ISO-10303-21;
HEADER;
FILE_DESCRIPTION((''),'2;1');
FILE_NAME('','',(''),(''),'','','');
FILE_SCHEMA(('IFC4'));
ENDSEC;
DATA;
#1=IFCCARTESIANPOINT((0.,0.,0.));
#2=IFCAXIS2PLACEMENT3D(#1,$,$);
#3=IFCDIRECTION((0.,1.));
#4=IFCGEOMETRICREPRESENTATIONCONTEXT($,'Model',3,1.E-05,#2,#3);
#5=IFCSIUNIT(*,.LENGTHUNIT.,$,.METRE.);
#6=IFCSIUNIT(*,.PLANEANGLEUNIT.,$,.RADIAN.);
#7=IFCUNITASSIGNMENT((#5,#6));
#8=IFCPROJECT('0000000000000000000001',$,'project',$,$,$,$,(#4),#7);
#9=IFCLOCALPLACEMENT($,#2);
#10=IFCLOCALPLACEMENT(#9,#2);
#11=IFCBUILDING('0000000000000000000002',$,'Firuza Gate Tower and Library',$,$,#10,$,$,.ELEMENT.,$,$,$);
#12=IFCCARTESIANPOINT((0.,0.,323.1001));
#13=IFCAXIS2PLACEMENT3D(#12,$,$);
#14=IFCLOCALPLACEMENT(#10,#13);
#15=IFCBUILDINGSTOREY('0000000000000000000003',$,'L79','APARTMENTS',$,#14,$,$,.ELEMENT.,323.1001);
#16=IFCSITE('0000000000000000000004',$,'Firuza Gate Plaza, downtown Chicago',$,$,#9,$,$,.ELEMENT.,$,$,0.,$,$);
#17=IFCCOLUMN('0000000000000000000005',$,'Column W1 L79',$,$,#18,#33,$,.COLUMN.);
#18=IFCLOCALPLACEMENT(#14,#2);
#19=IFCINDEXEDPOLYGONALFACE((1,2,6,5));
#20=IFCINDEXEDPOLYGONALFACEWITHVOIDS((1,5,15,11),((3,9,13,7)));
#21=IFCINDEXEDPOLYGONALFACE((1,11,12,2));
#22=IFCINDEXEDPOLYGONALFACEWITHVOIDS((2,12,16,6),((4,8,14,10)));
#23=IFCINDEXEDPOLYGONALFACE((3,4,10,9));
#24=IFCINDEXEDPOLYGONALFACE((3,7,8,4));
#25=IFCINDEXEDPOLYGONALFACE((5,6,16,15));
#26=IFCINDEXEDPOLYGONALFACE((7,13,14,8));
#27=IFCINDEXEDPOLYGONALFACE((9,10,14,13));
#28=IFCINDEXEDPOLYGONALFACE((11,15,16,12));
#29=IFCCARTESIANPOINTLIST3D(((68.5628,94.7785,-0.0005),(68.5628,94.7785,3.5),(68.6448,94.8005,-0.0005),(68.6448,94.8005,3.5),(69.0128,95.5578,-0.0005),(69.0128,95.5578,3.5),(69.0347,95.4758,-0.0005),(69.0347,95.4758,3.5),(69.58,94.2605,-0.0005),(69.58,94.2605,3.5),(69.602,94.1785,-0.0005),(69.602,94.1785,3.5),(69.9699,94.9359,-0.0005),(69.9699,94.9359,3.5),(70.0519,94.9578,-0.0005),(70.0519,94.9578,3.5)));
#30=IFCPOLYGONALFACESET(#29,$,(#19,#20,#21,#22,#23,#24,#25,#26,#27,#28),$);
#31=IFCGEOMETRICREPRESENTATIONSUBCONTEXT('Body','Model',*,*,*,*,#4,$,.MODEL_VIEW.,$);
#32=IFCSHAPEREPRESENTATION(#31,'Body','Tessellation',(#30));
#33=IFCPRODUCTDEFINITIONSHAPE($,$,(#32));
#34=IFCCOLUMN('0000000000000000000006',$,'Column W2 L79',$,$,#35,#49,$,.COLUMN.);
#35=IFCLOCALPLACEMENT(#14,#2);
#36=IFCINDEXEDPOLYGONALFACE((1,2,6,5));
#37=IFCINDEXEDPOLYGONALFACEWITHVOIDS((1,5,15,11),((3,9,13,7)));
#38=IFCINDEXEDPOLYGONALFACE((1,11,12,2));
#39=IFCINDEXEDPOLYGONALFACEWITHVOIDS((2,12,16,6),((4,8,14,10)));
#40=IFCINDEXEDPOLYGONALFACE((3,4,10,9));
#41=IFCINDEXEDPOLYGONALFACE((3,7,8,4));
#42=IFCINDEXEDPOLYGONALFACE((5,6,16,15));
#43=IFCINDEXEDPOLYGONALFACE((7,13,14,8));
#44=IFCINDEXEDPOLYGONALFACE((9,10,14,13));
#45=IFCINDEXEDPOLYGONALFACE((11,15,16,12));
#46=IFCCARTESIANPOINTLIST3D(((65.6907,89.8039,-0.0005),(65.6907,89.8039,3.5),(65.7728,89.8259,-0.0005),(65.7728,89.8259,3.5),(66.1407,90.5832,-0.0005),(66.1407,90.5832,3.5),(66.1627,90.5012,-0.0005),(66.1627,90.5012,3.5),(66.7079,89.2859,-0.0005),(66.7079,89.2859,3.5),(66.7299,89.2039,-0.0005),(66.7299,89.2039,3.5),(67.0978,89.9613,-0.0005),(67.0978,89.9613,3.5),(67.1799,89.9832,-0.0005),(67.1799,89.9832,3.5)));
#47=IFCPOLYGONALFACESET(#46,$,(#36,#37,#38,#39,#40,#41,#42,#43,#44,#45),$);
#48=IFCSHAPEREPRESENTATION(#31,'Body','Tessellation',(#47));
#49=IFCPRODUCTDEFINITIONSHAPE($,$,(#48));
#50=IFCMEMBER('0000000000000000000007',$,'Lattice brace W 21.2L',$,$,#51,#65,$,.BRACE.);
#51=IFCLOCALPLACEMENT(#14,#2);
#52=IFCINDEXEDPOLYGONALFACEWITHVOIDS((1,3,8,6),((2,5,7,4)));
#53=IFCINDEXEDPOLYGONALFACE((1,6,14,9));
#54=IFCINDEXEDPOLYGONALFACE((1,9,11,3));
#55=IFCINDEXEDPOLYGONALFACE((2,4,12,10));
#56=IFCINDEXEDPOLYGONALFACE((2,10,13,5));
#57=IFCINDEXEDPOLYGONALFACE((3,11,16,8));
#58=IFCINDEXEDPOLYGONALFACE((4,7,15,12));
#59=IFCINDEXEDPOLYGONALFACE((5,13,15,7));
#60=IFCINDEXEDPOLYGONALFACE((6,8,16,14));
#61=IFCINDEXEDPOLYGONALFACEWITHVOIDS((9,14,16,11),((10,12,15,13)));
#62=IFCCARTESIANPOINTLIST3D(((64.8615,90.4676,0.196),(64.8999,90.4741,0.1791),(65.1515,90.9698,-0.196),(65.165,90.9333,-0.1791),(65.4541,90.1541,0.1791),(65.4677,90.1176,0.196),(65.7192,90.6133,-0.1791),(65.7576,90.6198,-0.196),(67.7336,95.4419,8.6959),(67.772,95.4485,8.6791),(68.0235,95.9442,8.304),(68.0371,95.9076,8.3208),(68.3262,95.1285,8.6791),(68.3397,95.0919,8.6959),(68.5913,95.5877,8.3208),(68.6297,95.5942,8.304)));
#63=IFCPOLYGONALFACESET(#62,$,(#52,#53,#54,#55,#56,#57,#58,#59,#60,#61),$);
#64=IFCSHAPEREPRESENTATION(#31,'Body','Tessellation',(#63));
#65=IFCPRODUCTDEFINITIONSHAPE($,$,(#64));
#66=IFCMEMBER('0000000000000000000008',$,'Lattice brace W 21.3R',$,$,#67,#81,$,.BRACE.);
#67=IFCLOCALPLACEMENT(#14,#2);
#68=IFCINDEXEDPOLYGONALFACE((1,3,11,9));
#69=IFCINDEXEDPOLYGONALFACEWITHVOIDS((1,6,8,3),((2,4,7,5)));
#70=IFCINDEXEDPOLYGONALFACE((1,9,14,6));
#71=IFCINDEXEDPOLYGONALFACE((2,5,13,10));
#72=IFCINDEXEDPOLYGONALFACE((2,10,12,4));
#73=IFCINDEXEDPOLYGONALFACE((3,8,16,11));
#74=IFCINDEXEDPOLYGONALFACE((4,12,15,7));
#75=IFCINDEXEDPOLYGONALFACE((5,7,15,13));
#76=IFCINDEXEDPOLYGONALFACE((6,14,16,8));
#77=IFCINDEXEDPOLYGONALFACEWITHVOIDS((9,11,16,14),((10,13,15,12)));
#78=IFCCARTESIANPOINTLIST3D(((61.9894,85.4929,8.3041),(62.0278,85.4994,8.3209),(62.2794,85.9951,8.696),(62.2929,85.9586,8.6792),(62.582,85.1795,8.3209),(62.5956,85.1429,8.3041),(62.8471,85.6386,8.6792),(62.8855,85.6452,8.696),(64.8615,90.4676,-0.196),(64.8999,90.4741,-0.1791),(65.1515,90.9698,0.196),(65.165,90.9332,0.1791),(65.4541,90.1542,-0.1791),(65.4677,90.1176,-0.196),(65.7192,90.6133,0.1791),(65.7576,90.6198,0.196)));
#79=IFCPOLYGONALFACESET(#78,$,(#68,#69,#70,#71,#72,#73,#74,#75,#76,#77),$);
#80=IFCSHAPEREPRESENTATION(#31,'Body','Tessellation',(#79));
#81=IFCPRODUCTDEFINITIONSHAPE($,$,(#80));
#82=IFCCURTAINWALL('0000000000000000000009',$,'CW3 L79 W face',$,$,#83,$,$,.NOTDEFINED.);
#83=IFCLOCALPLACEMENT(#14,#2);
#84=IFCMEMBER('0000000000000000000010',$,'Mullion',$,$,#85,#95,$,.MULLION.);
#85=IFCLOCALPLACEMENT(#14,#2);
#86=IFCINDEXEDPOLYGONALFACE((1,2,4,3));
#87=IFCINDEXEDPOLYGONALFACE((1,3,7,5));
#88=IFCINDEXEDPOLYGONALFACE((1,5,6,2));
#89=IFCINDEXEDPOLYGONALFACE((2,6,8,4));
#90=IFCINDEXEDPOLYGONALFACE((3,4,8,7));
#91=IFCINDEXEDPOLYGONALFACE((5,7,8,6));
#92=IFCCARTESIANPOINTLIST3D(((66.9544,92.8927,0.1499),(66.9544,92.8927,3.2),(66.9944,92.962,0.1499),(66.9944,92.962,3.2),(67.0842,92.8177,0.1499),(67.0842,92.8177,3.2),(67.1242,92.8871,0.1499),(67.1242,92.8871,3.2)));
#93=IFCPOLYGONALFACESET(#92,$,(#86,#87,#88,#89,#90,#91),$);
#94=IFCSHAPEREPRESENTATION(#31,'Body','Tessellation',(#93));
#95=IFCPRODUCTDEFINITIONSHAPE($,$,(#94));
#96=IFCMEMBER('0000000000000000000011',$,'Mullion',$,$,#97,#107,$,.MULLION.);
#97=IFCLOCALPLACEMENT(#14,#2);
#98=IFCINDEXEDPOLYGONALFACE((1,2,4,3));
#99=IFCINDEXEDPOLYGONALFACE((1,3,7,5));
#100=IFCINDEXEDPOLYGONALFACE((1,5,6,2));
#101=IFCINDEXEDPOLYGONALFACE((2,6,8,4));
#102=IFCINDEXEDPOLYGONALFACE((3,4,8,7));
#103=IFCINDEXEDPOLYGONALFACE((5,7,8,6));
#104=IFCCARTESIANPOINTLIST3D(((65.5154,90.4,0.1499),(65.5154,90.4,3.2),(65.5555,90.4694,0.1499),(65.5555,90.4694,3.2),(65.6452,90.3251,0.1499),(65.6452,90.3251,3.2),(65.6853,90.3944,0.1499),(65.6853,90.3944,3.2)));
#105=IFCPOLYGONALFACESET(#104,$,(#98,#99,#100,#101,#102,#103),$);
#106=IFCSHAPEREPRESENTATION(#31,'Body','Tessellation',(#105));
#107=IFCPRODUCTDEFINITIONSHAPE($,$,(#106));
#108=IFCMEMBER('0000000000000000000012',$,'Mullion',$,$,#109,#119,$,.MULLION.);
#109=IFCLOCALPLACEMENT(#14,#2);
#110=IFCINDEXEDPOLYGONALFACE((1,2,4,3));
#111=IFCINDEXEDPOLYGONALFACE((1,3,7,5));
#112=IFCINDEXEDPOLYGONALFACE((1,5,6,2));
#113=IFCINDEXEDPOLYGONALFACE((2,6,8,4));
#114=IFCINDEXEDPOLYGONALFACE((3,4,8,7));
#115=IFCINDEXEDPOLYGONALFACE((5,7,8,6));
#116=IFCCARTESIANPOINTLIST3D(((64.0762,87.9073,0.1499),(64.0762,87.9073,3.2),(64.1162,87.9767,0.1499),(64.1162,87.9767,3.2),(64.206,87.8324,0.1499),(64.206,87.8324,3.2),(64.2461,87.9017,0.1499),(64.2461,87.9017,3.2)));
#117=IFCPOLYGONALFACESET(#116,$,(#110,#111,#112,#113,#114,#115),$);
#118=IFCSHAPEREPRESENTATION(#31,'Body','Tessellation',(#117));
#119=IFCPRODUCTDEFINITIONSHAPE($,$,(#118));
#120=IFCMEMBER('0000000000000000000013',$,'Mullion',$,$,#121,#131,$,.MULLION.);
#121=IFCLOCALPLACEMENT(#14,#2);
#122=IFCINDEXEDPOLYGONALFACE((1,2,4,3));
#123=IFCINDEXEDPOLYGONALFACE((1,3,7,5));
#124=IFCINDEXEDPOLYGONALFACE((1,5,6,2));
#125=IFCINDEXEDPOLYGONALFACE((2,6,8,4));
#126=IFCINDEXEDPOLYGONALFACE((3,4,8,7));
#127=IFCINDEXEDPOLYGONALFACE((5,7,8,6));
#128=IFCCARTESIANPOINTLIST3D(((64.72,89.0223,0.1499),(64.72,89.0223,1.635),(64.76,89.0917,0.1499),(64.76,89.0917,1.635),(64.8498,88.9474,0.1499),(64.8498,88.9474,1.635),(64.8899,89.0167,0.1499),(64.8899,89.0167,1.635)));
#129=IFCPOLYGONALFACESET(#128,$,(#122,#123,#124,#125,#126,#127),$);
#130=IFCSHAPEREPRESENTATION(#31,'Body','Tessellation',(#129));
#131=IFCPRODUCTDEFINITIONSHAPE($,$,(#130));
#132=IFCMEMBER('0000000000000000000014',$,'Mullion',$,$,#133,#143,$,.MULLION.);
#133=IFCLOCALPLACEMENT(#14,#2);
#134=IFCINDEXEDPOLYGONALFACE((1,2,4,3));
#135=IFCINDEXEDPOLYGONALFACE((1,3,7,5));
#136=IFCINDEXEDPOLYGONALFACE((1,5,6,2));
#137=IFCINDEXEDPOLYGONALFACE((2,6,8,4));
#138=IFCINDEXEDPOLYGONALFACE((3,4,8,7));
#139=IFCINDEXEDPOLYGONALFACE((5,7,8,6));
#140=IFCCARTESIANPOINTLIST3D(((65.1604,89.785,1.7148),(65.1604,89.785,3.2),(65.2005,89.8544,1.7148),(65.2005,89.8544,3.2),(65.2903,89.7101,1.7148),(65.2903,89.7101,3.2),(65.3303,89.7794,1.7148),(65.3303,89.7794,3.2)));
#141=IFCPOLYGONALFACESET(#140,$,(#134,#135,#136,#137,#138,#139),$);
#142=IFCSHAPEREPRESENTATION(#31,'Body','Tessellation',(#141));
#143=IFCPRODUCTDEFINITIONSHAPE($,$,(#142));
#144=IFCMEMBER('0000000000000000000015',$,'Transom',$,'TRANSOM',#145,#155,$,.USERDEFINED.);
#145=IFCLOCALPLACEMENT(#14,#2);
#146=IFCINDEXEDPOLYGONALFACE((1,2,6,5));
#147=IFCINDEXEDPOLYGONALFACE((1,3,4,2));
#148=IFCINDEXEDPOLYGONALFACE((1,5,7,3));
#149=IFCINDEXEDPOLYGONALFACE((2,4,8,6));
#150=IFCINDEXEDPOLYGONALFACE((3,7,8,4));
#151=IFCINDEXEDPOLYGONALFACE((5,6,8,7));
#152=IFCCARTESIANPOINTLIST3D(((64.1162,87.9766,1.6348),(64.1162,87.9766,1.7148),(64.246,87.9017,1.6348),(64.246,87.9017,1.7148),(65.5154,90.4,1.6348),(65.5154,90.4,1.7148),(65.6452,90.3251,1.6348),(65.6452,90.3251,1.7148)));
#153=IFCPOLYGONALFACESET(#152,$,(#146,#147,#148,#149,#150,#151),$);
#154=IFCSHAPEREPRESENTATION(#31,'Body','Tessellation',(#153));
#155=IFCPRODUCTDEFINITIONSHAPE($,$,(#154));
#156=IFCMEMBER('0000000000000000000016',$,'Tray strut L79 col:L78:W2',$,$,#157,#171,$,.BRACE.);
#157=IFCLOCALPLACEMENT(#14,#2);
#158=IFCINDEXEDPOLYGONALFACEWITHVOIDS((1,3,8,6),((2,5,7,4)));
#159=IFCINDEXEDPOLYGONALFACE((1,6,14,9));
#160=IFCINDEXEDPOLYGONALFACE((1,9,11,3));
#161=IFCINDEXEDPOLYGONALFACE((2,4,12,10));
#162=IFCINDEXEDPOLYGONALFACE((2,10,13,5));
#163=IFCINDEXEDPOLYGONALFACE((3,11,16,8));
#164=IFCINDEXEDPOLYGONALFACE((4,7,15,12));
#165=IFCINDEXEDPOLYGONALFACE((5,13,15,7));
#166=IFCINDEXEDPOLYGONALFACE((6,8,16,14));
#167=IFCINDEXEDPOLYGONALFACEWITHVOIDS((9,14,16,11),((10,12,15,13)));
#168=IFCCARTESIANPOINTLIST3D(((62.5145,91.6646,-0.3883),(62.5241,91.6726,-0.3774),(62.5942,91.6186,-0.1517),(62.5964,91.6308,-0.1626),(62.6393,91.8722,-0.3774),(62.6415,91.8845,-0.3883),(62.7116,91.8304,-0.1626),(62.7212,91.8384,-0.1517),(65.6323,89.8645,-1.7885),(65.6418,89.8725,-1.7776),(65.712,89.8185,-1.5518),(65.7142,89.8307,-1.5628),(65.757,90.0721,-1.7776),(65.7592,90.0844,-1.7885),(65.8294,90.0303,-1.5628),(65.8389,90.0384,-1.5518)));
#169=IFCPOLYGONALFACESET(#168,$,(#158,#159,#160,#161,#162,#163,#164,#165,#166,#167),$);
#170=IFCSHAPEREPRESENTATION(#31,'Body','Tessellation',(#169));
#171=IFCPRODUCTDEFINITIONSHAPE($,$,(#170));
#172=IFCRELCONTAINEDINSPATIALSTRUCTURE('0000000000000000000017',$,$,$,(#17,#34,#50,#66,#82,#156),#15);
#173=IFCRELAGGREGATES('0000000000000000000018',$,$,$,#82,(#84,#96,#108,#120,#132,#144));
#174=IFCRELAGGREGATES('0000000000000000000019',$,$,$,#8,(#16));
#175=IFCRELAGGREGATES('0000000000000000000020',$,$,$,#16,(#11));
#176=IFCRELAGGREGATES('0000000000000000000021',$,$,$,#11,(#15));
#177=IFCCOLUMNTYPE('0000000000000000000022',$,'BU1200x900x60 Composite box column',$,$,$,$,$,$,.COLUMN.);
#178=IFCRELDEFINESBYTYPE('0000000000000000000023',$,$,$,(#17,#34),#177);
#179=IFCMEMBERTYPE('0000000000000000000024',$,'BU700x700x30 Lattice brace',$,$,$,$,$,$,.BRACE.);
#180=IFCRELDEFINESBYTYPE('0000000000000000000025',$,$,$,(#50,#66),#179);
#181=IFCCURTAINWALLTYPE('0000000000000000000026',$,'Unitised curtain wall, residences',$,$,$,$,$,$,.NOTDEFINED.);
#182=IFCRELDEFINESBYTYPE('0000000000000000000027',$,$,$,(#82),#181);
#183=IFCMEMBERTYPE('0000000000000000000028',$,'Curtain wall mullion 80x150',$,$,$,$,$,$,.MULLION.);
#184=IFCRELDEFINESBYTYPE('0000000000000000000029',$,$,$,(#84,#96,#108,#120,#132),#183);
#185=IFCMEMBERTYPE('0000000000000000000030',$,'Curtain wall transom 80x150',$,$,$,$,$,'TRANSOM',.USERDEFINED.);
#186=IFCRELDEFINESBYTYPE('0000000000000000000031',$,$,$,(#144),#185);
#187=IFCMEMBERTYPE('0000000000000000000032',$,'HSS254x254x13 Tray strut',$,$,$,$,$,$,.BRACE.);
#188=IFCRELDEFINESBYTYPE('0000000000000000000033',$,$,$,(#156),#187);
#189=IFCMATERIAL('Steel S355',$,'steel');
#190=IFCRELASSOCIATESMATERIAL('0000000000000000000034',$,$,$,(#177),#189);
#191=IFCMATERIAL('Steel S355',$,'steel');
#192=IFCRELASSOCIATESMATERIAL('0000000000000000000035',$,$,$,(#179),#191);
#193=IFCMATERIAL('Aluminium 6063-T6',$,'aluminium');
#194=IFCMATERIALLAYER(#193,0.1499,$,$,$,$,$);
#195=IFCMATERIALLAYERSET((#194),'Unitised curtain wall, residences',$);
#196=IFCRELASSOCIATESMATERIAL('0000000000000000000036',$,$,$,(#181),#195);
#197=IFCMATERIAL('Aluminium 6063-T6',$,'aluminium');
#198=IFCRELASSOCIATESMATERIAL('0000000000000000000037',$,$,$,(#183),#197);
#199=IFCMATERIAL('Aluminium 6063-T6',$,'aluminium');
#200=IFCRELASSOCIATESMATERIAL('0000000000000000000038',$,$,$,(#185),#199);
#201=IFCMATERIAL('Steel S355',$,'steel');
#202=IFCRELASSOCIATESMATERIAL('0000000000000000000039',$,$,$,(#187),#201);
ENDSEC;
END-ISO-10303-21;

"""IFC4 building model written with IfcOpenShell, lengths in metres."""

from ifc_helpers import new_model, si_unit, direction, frame, origin, origin_2d, place, context, subcontext, project, spatial, rectangle, hollow_rectangle, extrude, material, layer, layer_set, material_profile, profile_set, type_object, element, aggregate, save


model = new_model("IFC4")

# Units and contexts
model_context = context("Model", 3, precision=1e-05, world=origin(), true_north=direction((0.0, 1.0)))
body_context = subcontext(model_context, "Body", "Model", "MODEL_VIEW")
ifc_project = project(units=[si_unit("LENGTHUNIT", "METRE"), si_unit("PLANEANGLEUNIT", "RADIAN")], contexts=[model_context])

# Site, building, storey
site_placement = place(None, origin())
site = spatial("IfcSite", under=ifc_project, at=site_placement, Name="Firuza Gate Plaza, downtown Chicago", CompositionType="ELEMENT", RefElevation=0.0)
building_placement = place(site_placement, origin())
building = spatial("IfcBuilding", under=site, at=building_placement, Name="Firuza Gate Tower and Library", CompositionType="ELEMENT")
storey_placement = place(building_placement, frame((0.0, 0.0, 323.1001)))
storey = spatial("IfcBuildingStorey", under=building, at=storey_placement, Name="L79", Description="APARTMENTS", CompositionType="ELEMENT", Elevation=323.1001)

# Columns
ifc_material_1 = material(Name="Steel S355", Category="steel")
ifc_material_profile_1 = material_profile(ifc_material_1, hollow_rectangle(XDim=0.8999, YDim=1.2, WallThickness=0.0601, at=origin_2d()))
ifc_profile_set_1 = profile_set([ifc_material_profile_1], Name="Steel S355")
column_type = type_object("IfcColumnType", Name="BU1200x900x60 Composite box column", PredefinedType="COLUMN", material=ifc_profile_set_1)
for number, where, z_axis, x_axis, name in (
    (1, (69.3074, 94.8682, -0.0005), (0.0, 0.0, 1.0), (-0.5, -0.866025, 0.0), "Column W1 L79"),
    (2, (66.4353, 89.8936, -0.0005), (0.0, 0.0, 1.0), (-0.5, -0.866025, 0.0), "Column W2 L79"),
):
    element("IfcColumn", number, at=place(storey_placement, frame(where, z_axis=z_axis, x_axis=x_axis)), inside=storey, type_object=column_type, Name=name, PredefinedType="COLUMN", context=body_context, shape_type="SweptSolid", body=[
        extrude(hollow_rectangle(XDim=0.8999, YDim=1.2, WallThickness=0.0601, at=origin_2d()), origin(), (0.0, 0.0, 1.0), 3.5005),
    ])

# Members
ifc_material_2 = material(Name="Steel S355", Category="steel")
ifc_material_profile_2 = material_profile(ifc_material_2, hollow_rectangle(XDim=0.7, YDim=0.7, WallThickness=0.03, at=origin_2d()))
ifc_profile_set_2 = profile_set([ifc_material_profile_2], Name="Steel S355")
member_type_1 = type_object("IfcMemberType", Name="BU700x700x30 Lattice brace", PredefinedType="BRACE", material=ifc_profile_set_2)
member_1_placement = place(storey_placement, frame((65.3096, 90.5437, 0.0), z_axis=(0.279961, 0.484887, 0.828556), x_axis=(-0.866016, 0.500016, 0.0)))
element("IfcMember", 3, at=member_1_placement, inside=storey, type_object=member_type_1, Name="Lattice brace W 21.2L", PredefinedType="BRACE", context=body_context, shape_type="SweptSolid", body=[
    extrude(hollow_rectangle(XDim=0.7, YDim=0.7, WallThickness=0.03, at=origin_2d()), origin(), (0.0, 0.0, 1.0), 10.2588),
])
member_2_placement = place(storey_placement, frame((65.3096, 90.5437, 0.0), z_axis=(-0.279958, -0.484906, 0.828547), x_axis=(0.866027, -0.499997, 0.0)))
element("IfcMember", 4, at=member_2_placement, inside=storey, type_object=member_type_1, Name="Lattice brace W 21.3R", PredefinedType="BRACE", context=body_context, shape_type="SweptSolid", body=[
    extrude(hollow_rectangle(XDim=0.7, YDim=0.7, WallThickness=0.03, at=origin_2d()), origin(), (0.0, 0.0, 1.0), 10.259),
])

# Curtain wall, members
ifc_material_3 = material(Name="Aluminium 6063-T6", Category="aluminium")
ifc_layer_1 = layer(ifc_material_3, 0.1499)
ifc_layer_set_1 = layer_set([ifc_layer_1], Name="Unitised curtain wall, residences")
curtain_wall_type = type_object("IfcCurtainWallType", Name="Unitised curtain wall, residences", PredefinedType="NOTDEFINED", material=ifc_layer_set_1)
placement = place(storey_placement, origin())
curtain_wall = element("IfcCurtainWall", 5, at=placement, inside=storey, type_object=curtain_wall_type, Name="CW3 L79 W face", PredefinedType="NOTDEFINED")
ifc_material_4 = material(Name="Aluminium 6063-T6", Category="aluminium")
ifc_material_profile_3 = material_profile(ifc_material_4, rectangle(XDim=0.1499, YDim=0.0801, at=origin_2d()))
ifc_profile_set_3 = profile_set([ifc_material_profile_3], Name="Aluminium 6063-T6")
member_type_2 = type_object("IfcMemberType", Name="Curtain wall mullion 80x150", PredefinedType="MULLION", material=ifc_profile_set_3)
member_3_placement = place(storey_placement, frame((67.0393, 92.8899, 0.1499), z_axis=(0.0, 0.0, 1.0), x_axis=(0.866025, -0.5, 0.0)))
member_3 = element("IfcMember", 6, at=member_3_placement, type_object=member_type_2, Name="Mullion", PredefinedType="MULLION", context=body_context, shape_type="SweptSolid", body=[
    extrude(rectangle(XDim=0.1499, YDim=0.0801, at=origin_2d()), origin(), (0.0, 0.0, 1.0), 3.05),
])
member_4_placement = place(storey_placement, frame((65.6003, 90.3972, 0.1499), z_axis=(0.0, 0.0, 1.0), x_axis=(0.866025, -0.5, 0.0)))
member_4 = element("IfcMember", 7, at=member_4_placement, type_object=member_type_2, Name="Mullion", PredefinedType="MULLION", context=body_context, shape_type="SweptSolid", body=[
    extrude(rectangle(XDim=0.1499, YDim=0.0801, at=origin_2d()), origin(), (0.0, 0.0, 1.0), 3.05),
])
member_5_placement = place(storey_placement, frame((64.1611, 87.9045, 0.1499), z_axis=(0.0, 0.0, 1.0), x_axis=(0.866025, -0.5, 0.0)))
member_5 = element("IfcMember", 8, at=member_5_placement, type_object=member_type_2, Name="Mullion", PredefinedType="MULLION", context=body_context, shape_type="SweptSolid", body=[
    extrude(rectangle(XDim=0.1499, YDim=0.0801, at=origin_2d()), origin(), (0.0, 0.0, 1.0), 3.05),
])
member_6_placement = place(storey_placement, frame((64.8049, 89.0195, 0.1499), z_axis=(0.0, 0.0, 1.0), x_axis=(0.866025, -0.5, 0.0)))
member_6 = element("IfcMember", 9, at=member_6_placement, type_object=member_type_2, Name="Mullion", PredefinedType="MULLION", context=body_context, shape_type="SweptSolid", body=[
    extrude(rectangle(XDim=0.1499, YDim=0.0801, at=origin_2d()), origin(), (0.0, 0.0, 1.0), 1.4851),
])
member_7_placement = place(storey_placement, frame((65.2454, 89.7822, 1.7148), z_axis=(0.0, 0.0, 1.0), x_axis=(0.866025, -0.5, 0.0)))
member_7 = element("IfcMember", 10, at=member_7_placement, type_object=member_type_2, Name="Mullion", PredefinedType="MULLION", context=body_context, shape_type="SweptSolid", body=[
    extrude(rectangle(XDim=0.1499, YDim=0.0801, at=origin_2d()), origin(), (0.0, 0.0, 1.0), 1.4851),
])
ifc_material_5 = material(Name="Aluminium 6063-T6", Category="aluminium")
ifc_material_profile_4 = material_profile(ifc_material_5, rectangle(XDim=0.1499, YDim=0.0801, at=origin_2d()))
ifc_profile_set_4 = profile_set([ifc_material_profile_4], Name="Aluminium 6063-T6")
member_type_3 = type_object("IfcMemberType", Name="Curtain wall transom 80x150", ElementType="TRANSOM", PredefinedType="USERDEFINED", material=ifc_profile_set_4)
member_8_placement = place(storey_placement, frame((65.5803, 90.3625, 1.6748), z_axis=(-0.500014, -0.866017, 0.0), x_axis=(0.866017, -0.500014, 0.0)))
member_8 = element("IfcMember", 11, at=member_8_placement, type_object=member_type_3, Name="Transom", ObjectType="TRANSOM", PredefinedType="USERDEFINED", context=body_context, shape_type="SweptSolid", body=[
    extrude(rectangle(XDim=0.1499, YDim=0.0801, at=origin_2d()), origin(), (0.0, 0.0, 1.0), 2.7983),
])

# Member
ifc_material_6 = material(Name="Steel S355", Category="steel")
ifc_material_profile_5 = material_profile(ifc_material_6, hollow_rectangle(XDim=0.2539, YDim=0.2539, WallThickness=0.0117, at=origin_2d()))
ifc_profile_set_5 = profile_set([ifc_material_profile_5], Name="Steel S355")
member_type_4 = type_object("IfcMemberType", Name="HSS254x254x13 Tray strut", PredefinedType="BRACE", material=ifc_profile_set_5)
member_9_placement = place(storey_placement, frame((65.7356, 89.9514, -1.6702), z_axis=(-0.807122, 0.466007, 0.362478), x_axis=(-0.500012, -0.866018, 0.0)))
element("IfcMember", 12, at=member_9_placement, inside=storey, type_object=member_type_4, Name="Tray strut L79 col:L78:W2", PredefinedType="BRACE", context=body_context, shape_type="SweptSolid", body=[
    extrude(hollow_rectangle(XDim=0.2539, YDim=0.2539, WallThickness=0.0117, at=origin_2d()), origin(), (0.0, 0.0, 1.0), 3.8628),
])

aggregate(curtain_wall, [member_3, member_4, member_5, member_6, member_7, member_8])

save(model, "model.ifc")
